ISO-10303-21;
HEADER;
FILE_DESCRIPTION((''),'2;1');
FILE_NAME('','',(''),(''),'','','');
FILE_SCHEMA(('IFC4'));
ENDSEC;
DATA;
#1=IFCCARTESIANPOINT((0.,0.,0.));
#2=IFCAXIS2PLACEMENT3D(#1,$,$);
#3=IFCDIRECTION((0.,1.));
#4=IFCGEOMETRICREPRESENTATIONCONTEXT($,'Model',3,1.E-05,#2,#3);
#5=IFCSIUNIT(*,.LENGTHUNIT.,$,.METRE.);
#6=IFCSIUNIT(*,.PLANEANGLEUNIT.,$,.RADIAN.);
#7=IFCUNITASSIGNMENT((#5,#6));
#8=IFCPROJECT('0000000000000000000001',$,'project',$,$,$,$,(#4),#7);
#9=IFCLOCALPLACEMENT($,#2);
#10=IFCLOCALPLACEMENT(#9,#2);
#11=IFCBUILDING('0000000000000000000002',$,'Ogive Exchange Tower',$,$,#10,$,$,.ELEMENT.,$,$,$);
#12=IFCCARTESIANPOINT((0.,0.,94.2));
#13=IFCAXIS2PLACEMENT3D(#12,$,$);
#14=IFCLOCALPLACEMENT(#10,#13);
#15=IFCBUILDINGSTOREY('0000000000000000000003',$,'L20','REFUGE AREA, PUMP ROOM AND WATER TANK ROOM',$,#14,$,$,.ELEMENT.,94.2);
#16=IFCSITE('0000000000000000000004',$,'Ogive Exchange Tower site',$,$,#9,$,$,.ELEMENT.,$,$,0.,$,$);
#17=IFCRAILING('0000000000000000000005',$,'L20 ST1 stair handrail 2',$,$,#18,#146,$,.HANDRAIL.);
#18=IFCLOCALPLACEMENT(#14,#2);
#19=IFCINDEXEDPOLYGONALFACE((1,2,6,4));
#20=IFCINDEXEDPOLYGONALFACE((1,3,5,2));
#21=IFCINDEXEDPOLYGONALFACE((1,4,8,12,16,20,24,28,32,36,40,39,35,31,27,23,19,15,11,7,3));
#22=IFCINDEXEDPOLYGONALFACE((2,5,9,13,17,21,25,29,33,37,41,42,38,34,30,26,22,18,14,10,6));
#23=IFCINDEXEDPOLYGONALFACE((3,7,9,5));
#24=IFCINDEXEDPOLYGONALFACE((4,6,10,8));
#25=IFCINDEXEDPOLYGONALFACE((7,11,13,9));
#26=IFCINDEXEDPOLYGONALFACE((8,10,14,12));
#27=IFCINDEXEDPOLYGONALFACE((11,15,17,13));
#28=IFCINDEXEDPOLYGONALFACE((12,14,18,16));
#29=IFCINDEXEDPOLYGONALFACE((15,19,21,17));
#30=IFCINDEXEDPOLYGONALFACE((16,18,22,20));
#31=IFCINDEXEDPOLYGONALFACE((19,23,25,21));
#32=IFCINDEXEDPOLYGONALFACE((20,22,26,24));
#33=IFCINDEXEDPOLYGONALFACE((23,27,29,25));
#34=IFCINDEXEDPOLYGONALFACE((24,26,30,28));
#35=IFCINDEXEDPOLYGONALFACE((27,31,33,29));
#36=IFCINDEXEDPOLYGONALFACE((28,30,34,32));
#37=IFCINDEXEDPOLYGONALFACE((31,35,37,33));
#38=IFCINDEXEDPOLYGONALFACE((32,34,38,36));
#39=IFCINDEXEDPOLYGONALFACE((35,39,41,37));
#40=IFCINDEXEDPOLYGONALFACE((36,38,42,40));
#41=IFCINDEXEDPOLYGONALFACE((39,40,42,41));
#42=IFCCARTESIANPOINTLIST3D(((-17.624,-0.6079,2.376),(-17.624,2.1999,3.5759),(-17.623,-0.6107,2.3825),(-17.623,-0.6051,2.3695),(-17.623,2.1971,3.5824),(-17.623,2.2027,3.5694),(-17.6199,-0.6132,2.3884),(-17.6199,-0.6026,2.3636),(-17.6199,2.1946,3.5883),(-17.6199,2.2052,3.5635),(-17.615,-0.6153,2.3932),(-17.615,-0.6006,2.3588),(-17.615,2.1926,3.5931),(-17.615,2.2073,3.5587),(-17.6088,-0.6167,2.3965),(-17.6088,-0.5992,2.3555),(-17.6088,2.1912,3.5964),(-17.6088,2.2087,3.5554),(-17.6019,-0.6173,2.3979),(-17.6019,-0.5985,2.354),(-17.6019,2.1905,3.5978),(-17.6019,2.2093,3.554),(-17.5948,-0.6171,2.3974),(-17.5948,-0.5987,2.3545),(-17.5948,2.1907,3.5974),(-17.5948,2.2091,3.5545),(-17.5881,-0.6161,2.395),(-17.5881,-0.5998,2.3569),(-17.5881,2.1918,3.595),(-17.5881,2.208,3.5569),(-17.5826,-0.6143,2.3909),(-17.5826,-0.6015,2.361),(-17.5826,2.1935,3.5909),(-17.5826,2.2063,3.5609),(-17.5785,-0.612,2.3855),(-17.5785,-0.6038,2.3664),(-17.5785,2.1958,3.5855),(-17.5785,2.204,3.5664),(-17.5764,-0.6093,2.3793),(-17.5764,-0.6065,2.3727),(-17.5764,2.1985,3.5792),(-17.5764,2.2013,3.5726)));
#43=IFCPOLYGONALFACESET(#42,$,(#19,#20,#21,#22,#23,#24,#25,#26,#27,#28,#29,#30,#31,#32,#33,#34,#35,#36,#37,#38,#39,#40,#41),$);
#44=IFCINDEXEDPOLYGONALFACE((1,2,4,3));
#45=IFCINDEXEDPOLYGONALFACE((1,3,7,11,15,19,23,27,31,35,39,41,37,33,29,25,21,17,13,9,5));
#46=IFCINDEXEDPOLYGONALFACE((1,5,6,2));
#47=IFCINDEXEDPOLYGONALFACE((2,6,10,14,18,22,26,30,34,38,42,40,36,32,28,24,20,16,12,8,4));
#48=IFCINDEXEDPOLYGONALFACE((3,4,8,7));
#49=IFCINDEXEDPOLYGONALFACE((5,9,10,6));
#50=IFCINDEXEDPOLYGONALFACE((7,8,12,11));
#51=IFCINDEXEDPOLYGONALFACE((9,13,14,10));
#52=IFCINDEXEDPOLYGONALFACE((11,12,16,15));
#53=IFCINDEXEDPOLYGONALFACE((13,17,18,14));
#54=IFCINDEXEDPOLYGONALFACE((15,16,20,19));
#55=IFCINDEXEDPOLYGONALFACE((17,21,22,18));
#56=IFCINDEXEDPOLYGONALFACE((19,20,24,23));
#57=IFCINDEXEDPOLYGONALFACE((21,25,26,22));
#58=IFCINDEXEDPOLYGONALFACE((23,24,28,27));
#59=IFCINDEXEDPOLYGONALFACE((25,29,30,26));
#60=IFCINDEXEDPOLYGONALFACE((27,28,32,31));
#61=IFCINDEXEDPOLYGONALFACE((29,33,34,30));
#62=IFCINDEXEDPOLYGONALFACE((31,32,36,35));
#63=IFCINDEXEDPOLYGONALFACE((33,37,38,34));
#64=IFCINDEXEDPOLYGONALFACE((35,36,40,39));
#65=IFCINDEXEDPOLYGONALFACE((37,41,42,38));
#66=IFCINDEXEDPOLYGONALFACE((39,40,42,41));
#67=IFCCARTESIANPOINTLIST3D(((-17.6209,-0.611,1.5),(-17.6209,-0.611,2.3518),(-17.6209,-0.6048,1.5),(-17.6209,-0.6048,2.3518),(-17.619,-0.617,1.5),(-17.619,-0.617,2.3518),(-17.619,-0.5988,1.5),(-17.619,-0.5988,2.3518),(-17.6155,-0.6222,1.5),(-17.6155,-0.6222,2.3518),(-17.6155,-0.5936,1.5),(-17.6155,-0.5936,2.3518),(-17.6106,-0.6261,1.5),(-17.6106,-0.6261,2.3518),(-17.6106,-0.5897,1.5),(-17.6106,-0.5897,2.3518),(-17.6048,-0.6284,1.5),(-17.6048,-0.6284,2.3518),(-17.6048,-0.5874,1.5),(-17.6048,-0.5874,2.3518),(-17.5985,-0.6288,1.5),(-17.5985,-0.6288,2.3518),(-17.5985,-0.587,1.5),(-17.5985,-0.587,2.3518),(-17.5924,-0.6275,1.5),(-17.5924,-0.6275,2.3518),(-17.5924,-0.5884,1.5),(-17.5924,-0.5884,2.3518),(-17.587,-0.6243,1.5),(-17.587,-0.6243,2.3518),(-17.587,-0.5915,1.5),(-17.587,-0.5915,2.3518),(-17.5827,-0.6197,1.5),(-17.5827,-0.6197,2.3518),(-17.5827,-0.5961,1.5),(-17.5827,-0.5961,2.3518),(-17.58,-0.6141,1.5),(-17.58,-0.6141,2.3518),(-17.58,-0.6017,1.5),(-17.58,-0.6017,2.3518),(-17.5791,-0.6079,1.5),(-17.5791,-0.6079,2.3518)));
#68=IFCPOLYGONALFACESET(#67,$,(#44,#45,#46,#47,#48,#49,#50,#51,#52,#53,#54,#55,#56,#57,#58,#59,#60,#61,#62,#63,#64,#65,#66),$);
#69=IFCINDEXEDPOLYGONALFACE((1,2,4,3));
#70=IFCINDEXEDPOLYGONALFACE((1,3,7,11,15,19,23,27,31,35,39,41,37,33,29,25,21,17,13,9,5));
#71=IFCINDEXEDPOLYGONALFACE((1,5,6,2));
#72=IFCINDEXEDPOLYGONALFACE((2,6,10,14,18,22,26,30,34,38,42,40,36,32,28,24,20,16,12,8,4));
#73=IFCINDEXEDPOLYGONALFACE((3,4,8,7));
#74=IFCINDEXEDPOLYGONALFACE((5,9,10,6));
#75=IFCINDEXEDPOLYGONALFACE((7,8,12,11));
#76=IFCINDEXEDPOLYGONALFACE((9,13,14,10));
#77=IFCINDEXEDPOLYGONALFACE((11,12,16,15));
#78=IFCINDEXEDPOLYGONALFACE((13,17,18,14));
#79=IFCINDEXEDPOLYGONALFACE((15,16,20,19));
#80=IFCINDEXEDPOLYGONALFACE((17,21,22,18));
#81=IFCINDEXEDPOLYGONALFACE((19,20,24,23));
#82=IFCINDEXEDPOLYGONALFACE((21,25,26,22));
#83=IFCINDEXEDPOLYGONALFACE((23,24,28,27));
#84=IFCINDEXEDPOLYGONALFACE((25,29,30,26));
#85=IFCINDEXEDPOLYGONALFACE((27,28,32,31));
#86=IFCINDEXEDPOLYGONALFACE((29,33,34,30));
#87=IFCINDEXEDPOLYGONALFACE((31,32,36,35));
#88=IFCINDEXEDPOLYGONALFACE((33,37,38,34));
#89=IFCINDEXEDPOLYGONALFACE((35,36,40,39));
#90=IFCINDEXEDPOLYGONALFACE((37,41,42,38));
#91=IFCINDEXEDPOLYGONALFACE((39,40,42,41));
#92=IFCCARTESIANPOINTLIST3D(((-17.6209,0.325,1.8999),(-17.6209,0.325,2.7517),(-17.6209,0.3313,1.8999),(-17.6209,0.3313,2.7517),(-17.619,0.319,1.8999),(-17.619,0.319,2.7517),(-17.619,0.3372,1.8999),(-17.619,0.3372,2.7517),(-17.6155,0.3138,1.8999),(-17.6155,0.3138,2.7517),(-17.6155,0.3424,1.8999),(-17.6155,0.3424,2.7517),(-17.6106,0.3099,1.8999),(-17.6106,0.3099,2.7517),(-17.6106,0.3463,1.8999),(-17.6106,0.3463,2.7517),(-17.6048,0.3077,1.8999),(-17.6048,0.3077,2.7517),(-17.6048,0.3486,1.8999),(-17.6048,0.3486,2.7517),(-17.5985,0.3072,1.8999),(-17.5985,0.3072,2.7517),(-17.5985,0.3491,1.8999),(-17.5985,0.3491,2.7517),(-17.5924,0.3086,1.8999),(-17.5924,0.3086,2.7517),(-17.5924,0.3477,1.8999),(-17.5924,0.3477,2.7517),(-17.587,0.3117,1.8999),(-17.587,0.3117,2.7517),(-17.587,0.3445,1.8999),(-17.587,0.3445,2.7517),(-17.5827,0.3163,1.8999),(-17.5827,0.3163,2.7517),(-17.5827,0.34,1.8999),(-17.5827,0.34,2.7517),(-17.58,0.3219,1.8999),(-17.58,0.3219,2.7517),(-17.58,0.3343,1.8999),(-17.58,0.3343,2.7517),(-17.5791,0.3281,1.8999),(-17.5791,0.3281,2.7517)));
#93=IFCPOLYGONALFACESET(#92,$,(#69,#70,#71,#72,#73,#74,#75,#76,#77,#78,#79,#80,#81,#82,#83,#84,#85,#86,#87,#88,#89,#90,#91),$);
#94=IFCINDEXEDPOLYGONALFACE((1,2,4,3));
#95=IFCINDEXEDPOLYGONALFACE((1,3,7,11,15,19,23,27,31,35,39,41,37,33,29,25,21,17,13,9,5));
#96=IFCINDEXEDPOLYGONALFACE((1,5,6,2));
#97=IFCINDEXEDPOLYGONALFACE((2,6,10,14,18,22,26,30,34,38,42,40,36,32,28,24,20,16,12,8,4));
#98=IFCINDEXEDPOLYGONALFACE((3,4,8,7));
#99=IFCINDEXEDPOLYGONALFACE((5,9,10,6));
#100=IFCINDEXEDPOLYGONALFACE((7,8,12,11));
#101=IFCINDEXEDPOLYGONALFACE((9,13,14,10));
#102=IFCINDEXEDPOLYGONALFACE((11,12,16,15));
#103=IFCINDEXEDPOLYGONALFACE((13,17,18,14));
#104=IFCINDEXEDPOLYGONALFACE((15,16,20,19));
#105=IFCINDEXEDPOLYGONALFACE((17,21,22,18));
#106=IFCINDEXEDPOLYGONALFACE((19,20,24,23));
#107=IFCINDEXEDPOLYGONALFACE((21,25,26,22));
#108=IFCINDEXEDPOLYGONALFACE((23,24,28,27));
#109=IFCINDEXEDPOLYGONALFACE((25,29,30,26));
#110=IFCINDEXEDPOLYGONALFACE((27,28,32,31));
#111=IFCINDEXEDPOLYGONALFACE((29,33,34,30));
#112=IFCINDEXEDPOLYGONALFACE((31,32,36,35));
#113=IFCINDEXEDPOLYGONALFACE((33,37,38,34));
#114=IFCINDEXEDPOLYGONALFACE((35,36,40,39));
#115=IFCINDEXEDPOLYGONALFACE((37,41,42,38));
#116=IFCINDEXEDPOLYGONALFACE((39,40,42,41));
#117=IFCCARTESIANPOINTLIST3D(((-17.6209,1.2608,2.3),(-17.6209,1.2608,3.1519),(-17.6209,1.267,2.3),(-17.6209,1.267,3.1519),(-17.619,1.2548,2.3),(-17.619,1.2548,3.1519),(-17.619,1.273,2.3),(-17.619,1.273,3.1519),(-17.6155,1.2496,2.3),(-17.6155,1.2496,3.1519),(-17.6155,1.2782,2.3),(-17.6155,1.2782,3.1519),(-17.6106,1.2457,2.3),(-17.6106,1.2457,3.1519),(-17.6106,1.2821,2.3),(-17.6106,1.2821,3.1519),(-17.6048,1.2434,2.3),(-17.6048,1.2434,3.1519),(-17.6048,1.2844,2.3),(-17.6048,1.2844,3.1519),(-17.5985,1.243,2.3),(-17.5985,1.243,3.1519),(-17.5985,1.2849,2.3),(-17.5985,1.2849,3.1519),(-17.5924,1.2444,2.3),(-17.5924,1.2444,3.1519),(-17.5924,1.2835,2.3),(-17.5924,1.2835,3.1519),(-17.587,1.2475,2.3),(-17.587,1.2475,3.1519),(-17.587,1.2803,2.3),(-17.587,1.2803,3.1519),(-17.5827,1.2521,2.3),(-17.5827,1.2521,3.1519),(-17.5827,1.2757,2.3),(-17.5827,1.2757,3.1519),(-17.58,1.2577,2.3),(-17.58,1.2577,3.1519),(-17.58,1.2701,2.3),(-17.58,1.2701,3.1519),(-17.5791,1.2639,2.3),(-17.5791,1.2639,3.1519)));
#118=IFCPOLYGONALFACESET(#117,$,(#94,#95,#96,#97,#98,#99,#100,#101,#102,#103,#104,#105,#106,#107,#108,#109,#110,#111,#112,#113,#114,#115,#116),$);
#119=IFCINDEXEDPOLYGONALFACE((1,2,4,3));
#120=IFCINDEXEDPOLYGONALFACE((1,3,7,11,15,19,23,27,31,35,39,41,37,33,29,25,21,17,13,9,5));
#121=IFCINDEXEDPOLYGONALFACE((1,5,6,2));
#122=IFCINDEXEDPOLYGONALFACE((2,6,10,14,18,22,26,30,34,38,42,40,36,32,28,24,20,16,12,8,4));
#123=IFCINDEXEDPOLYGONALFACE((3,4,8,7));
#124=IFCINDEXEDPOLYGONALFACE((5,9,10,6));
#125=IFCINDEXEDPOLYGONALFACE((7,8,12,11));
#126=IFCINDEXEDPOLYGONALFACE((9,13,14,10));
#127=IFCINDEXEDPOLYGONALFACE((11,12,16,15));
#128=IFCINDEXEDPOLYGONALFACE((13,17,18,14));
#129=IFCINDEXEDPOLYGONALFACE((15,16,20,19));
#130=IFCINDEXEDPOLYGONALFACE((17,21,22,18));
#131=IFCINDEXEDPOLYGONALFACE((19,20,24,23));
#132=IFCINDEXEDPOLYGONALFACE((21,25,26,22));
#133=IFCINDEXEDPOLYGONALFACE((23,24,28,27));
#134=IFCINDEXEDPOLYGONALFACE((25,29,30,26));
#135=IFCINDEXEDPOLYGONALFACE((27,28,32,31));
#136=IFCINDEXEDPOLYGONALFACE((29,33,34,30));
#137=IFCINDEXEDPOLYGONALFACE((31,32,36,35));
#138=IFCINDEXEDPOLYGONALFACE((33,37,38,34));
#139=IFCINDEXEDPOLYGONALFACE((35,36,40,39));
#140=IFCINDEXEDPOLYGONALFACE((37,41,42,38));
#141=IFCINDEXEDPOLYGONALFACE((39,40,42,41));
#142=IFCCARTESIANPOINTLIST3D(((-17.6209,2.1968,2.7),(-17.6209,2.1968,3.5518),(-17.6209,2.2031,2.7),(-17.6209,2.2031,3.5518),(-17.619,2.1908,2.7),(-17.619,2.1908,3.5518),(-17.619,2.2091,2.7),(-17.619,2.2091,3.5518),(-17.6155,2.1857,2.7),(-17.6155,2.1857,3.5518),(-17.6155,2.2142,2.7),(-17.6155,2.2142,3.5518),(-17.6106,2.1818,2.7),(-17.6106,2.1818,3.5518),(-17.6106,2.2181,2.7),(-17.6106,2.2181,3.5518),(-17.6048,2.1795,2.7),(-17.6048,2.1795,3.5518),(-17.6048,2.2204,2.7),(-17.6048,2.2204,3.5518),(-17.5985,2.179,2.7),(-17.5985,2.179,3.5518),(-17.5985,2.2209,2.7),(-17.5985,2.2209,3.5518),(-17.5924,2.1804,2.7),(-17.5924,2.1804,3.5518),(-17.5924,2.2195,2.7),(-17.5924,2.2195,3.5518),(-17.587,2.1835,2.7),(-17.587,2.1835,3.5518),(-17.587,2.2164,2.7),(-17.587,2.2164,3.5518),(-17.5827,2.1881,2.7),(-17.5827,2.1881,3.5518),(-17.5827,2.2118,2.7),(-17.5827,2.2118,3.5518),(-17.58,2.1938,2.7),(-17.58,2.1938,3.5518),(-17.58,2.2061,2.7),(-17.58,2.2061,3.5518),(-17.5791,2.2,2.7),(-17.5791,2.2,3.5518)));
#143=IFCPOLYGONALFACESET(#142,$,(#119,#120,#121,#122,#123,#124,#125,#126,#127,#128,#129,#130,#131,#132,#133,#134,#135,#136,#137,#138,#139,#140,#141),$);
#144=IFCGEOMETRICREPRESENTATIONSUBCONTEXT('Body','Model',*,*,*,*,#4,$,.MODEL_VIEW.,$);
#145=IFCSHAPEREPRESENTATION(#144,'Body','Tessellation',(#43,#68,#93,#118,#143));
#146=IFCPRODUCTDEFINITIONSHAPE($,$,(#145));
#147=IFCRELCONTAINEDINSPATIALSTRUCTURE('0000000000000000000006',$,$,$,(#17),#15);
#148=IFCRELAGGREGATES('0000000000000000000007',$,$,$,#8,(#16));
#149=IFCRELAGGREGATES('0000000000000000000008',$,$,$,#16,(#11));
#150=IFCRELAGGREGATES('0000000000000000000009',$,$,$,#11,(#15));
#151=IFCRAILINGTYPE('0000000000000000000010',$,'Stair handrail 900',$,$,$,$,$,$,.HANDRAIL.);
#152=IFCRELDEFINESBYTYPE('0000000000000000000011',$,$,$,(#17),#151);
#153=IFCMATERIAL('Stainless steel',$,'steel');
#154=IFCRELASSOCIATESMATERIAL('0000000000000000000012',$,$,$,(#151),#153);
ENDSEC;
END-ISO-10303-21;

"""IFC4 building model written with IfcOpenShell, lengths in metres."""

from ifc_helpers import new_model, si_unit, direction, frame, origin, origin_2d, place, context, subcontext, project, spatial, circle, extrude, material, type_object, element, save


model = new_model("IFC4")

# Units and contexts
model_context = context("Model", 3, precision=1e-05, world=origin(), true_north=direction((0.0, 1.0)))
body_context = subcontext(model_context, "Body", "Model", "MODEL_VIEW")
ifc_project = project(units=[si_unit("LENGTHUNIT", "METRE"), si_unit("PLANEANGLEUNIT", "RADIAN")], contexts=[model_context])

# Site, building, storey
site_placement = place(None, origin())
site = spatial("IfcSite", under=ifc_project, at=site_placement, Name="Ogive Exchange Tower site", CompositionType="ELEMENT", RefElevation=0.0)
building_placement = place(site_placement, origin())
building = spatial("IfcBuilding", under=site, at=building_placement, Name="Ogive Exchange Tower", CompositionType="ELEMENT")
storey_placement = place(building_placement, frame((0.0, 0.0, 94.2)))
storey = spatial("IfcBuildingStorey", under=building, at=storey_placement, Name="L20", Description="REFUGE AREA, PUMP ROOM AND WATER TANK ROOM", CompositionType="ELEMENT", Elevation=94.2)

# Shared definitions
ifc_material_1 = material(Name="Stainless steel", Category="steel")

# Railing
railing_type = type_object("IfcRailingType", Name="Stair handrail 900", PredefinedType="HANDRAIL", material=ifc_material_1)
railing_1_placement = place(storey_placement, frame((-17.6001, -0.6079, 1.5)))
element("IfcRailing", 1, at=railing_1_placement, inside=storey, type_object=railing_type, Name="L20 ST1 stair handrail 2", PredefinedType="HANDRAIL", context=body_context, shape_type="SweptSolid", body=[
    extrude(circle(Radius=0.0239, at=origin_2d()), frame((0.0, 0.0, 0.876), z_axis=(0.0, 0.91955, 0.392973), x_axis=(-1.0, 0.0, 0.0)), (0.0, 0.0, 1.0), 3.0535),
    extrude(circle(Radius=0.021, at=origin_2d()), origin(), (0.0, 0.0, 1.0), 0.8518),
    extrude(circle(Radius=0.021, at=origin_2d()), frame((0.0, 0.936, 0.3999)), (0.0, 0.0, 1.0), 0.8518),
    extrude(circle(Radius=0.021, at=origin_2d()), frame((0.0, 1.8718, 0.8)), (0.0, 0.0, 1.0), 0.8518),
    extrude(circle(Radius=0.021, at=origin_2d()), frame((0.0, 2.8079, 1.2)), (0.0, 0.0, 1.0), 0.8518),
])

save(model, "model.ifc")
